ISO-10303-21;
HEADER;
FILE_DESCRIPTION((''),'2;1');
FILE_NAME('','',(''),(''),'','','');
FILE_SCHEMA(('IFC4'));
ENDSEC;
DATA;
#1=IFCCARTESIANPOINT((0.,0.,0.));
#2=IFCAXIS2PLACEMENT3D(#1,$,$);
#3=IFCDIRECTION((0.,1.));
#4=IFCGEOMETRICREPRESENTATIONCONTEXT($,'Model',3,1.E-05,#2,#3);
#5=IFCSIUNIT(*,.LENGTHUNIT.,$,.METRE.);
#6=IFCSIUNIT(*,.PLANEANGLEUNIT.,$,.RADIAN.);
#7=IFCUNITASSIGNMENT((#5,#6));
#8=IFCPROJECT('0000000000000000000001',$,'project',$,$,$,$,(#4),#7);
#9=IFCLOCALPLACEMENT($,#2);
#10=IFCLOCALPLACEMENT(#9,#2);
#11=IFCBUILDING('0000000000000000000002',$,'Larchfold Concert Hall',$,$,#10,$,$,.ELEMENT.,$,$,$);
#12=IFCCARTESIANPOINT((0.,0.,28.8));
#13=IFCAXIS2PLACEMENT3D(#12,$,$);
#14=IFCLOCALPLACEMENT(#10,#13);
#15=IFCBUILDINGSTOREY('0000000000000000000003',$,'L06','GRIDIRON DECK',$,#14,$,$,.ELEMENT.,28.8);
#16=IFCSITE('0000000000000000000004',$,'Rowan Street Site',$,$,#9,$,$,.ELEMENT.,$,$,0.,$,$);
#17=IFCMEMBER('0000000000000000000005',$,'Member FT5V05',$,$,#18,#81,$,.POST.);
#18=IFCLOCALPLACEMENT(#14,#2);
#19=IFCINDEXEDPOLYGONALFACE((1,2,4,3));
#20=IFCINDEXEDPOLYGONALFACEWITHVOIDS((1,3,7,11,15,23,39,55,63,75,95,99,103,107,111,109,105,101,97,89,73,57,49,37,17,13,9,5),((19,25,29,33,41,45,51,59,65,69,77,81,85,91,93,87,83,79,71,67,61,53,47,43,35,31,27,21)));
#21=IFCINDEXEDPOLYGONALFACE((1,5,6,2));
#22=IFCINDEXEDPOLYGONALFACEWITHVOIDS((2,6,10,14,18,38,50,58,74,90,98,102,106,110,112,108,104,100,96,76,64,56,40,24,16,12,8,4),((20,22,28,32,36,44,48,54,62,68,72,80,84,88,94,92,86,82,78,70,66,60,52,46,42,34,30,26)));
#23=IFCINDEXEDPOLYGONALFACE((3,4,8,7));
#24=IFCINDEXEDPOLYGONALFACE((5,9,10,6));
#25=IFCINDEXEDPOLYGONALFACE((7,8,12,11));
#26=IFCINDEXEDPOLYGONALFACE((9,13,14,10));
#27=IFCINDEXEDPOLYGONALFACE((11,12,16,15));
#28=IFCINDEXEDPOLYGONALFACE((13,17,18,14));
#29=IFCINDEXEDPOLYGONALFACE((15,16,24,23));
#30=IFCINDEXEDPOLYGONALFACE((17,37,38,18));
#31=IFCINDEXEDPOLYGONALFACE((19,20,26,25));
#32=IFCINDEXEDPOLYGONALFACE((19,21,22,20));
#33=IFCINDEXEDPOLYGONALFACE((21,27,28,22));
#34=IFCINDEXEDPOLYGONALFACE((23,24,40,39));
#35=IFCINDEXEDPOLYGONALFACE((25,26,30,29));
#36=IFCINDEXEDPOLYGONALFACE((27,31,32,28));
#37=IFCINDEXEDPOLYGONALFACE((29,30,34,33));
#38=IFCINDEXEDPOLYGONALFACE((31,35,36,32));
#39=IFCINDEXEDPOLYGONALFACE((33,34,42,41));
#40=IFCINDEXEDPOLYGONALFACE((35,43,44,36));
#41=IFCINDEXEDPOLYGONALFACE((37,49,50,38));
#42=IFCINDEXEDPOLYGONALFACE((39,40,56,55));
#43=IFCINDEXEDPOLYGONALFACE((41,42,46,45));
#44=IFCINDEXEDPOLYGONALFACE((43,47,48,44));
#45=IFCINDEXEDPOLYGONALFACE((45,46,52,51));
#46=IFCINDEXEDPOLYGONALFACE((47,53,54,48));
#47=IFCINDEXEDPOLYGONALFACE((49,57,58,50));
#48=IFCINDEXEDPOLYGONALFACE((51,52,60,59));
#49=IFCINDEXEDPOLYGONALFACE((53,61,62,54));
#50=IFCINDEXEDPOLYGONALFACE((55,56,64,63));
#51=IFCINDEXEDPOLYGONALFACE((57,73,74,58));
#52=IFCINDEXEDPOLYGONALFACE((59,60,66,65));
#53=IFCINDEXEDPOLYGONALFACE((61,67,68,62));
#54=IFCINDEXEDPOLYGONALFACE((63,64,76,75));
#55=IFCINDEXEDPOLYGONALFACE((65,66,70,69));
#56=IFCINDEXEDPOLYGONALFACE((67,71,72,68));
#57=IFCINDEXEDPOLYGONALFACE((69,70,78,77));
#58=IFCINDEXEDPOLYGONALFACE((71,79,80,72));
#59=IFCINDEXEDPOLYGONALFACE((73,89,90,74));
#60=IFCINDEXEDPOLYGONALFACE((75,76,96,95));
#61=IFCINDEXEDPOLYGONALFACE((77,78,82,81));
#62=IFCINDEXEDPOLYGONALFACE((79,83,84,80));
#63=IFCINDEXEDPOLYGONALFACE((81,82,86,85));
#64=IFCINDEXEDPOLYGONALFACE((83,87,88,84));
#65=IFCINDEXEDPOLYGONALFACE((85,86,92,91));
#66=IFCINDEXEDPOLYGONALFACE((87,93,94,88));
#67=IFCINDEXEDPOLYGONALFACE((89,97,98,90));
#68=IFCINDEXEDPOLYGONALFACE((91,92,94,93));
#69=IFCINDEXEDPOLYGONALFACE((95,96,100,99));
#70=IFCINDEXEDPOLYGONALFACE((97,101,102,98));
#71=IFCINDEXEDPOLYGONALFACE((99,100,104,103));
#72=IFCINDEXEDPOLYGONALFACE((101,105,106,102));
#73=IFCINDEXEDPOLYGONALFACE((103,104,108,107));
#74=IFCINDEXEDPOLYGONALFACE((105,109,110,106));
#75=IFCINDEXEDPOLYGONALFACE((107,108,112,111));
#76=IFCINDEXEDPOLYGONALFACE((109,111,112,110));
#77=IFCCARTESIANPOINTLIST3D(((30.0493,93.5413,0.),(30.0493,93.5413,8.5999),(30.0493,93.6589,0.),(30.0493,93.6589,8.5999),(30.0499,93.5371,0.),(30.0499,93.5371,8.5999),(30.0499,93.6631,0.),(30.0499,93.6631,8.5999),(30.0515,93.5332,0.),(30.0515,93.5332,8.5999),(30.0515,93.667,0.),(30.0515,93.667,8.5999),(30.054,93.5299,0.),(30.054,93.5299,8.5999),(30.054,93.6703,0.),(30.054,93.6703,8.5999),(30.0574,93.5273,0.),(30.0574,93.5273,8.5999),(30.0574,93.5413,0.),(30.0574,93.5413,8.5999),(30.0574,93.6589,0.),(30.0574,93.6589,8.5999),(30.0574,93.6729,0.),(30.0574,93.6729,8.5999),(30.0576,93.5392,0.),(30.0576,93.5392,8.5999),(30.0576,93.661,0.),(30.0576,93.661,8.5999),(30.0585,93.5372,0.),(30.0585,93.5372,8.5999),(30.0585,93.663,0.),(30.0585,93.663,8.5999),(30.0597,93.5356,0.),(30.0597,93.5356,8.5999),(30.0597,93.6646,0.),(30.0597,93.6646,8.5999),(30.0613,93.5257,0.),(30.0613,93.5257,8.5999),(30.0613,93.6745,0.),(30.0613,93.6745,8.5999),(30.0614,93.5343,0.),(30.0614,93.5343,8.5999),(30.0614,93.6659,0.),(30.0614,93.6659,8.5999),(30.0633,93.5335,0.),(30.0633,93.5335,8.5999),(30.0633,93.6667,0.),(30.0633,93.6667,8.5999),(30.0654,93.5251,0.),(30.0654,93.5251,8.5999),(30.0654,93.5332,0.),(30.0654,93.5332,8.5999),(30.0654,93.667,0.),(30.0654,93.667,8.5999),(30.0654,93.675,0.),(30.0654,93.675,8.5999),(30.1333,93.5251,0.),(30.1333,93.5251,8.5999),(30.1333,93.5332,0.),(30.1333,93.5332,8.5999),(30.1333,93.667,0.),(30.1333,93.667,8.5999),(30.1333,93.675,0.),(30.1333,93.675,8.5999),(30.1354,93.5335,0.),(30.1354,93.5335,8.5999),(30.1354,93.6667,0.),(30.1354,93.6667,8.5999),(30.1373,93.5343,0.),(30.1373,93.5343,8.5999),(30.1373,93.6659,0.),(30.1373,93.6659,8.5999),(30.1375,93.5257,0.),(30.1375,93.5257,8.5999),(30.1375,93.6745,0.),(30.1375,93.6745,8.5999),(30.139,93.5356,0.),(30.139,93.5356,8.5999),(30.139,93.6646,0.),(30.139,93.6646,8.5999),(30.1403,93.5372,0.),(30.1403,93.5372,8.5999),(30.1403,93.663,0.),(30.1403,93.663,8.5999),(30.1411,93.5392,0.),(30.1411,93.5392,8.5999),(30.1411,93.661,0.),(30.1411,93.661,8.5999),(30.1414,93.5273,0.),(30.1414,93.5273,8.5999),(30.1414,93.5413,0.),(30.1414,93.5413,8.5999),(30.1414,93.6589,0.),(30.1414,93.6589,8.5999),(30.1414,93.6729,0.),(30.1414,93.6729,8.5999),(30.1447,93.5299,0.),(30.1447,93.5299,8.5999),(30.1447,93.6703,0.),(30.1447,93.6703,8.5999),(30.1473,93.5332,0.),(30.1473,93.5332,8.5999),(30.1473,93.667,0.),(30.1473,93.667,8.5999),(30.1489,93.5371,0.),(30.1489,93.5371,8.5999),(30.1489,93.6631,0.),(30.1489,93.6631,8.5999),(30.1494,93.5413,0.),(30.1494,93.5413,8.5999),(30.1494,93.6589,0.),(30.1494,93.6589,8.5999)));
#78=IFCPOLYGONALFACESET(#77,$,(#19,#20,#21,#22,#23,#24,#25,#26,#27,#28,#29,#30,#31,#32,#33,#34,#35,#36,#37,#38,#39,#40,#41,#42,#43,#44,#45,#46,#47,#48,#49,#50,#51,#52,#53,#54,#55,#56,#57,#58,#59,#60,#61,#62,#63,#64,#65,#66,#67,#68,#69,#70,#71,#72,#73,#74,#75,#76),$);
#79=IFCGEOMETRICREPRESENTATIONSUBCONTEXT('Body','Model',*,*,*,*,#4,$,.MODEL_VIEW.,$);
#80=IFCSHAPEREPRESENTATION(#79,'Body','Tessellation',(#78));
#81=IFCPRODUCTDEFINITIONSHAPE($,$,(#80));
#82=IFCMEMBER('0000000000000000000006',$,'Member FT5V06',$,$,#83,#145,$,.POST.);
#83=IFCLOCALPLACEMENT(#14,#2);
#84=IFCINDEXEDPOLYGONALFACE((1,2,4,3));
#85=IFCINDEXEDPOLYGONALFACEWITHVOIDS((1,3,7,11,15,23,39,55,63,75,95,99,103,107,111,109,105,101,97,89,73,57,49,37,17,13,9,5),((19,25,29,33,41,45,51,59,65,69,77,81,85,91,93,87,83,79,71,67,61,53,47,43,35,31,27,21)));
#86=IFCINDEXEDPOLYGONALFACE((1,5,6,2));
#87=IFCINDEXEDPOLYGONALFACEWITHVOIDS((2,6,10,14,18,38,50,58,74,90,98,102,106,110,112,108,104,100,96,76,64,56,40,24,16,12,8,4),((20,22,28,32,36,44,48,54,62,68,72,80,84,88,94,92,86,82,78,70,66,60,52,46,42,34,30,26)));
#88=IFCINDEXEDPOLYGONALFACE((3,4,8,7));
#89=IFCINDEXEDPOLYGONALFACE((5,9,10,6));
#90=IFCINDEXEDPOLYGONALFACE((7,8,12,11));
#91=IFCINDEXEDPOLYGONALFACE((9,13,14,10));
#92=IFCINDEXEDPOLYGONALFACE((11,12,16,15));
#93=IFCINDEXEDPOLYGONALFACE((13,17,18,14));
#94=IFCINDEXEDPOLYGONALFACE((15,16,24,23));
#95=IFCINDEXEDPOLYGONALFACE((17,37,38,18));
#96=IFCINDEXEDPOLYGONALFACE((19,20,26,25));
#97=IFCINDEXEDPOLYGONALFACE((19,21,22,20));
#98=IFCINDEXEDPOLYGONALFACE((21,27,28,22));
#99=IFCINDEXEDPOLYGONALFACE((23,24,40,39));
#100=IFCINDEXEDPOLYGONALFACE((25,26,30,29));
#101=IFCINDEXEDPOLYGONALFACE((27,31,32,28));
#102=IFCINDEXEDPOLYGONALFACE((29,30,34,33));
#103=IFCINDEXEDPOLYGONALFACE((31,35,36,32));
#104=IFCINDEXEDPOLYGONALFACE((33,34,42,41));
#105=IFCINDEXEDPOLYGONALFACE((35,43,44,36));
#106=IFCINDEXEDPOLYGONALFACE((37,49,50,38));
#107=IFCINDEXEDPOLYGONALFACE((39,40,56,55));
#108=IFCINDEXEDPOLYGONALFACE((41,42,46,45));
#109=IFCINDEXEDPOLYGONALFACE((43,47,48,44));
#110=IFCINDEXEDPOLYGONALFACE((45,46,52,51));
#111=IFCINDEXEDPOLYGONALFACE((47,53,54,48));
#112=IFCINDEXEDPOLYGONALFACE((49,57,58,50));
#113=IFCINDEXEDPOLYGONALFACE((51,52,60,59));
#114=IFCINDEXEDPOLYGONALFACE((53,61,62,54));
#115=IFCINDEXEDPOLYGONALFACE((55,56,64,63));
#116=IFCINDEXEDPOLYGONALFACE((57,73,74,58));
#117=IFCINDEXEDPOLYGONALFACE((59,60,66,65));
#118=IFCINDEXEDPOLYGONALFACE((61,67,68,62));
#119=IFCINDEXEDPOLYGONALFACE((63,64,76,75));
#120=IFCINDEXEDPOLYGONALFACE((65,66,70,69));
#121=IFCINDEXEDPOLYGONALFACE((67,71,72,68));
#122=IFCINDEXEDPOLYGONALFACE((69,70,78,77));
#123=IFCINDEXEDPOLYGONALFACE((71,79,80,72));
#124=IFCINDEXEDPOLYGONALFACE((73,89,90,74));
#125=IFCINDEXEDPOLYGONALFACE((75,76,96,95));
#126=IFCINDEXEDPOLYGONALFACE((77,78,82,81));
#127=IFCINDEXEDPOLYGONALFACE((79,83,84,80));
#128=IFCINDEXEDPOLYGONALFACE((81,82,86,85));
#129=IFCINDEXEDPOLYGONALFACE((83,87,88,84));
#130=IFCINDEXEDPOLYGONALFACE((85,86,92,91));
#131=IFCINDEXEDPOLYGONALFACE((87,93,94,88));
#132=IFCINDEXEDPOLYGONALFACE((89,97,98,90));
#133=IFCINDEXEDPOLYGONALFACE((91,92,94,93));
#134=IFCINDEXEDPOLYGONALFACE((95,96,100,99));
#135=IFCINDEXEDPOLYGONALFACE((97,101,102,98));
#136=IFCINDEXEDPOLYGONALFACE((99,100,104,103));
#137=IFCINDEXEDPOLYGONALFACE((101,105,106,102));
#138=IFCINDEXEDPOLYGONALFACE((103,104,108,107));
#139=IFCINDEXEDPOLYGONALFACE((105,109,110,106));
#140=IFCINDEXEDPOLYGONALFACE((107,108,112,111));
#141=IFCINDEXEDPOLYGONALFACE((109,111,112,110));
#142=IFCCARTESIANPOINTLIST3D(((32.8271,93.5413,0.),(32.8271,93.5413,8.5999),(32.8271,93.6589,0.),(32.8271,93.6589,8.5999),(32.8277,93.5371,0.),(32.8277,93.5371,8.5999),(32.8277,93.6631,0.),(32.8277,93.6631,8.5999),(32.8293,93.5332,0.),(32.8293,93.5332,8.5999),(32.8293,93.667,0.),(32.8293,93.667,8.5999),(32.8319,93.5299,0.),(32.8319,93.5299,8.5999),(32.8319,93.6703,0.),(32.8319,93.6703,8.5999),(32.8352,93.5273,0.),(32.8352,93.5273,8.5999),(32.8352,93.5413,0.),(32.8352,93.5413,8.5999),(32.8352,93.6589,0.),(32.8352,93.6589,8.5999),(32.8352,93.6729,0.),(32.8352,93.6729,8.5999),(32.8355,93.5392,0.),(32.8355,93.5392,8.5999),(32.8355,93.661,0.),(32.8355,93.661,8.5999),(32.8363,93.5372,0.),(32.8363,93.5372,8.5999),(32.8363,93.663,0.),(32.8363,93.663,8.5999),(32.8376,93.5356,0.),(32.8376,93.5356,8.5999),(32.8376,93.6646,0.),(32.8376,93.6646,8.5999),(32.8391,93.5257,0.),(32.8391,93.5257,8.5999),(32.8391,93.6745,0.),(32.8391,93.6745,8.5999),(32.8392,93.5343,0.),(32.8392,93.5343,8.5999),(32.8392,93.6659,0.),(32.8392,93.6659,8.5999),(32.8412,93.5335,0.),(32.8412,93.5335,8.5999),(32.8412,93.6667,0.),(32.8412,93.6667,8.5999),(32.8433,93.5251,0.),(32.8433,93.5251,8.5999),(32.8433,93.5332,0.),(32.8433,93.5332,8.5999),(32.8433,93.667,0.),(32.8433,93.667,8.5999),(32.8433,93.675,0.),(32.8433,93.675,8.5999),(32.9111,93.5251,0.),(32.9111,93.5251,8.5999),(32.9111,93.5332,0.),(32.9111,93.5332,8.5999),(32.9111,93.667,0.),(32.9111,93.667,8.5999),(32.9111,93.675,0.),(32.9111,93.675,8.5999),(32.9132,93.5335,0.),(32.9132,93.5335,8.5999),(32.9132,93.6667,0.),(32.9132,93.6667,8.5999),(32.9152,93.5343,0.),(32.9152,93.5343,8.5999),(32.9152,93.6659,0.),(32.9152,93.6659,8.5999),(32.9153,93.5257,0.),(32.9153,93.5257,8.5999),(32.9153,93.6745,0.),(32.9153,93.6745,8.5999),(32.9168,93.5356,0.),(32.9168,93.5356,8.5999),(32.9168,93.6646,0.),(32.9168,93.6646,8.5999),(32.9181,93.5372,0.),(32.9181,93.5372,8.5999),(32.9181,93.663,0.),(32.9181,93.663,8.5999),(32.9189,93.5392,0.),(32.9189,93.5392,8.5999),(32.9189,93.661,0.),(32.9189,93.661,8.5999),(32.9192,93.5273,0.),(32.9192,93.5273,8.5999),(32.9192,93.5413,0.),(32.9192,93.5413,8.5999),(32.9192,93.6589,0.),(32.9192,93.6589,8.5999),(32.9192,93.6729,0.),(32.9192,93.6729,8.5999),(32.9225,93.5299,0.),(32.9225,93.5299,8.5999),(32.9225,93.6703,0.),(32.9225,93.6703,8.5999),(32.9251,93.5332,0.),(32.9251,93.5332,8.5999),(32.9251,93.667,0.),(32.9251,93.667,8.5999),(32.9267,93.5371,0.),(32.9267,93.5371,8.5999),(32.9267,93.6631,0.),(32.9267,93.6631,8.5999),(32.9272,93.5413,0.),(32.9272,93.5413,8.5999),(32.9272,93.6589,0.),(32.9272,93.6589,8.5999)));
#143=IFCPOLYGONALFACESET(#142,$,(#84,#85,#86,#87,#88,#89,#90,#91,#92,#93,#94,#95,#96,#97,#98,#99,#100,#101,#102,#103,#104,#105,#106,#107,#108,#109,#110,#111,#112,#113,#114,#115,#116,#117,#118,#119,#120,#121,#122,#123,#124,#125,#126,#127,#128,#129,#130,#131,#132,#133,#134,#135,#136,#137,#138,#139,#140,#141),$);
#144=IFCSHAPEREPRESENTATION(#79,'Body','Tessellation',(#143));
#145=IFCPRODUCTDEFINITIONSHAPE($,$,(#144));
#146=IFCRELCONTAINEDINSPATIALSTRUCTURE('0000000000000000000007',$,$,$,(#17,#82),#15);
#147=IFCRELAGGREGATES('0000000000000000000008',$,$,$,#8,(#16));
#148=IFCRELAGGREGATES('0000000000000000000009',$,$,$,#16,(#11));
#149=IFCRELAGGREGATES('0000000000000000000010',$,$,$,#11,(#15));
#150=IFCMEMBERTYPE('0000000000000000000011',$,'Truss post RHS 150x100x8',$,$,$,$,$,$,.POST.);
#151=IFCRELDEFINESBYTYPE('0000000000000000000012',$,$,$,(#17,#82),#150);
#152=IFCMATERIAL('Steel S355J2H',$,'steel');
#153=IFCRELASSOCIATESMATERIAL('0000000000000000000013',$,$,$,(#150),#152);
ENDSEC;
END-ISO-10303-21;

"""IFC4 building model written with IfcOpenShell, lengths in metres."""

from ifc_helpers import new_model, si_unit, direction, frame, origin, origin_2d, place, context, subcontext, project, spatial, hollow_rectangle, extrude, material, material_profile, profile_set, type_object, element, save


model = new_model("IFC4")

# Units and contexts
model_context = context("Model", 3, precision=1e-05, world=origin(), true_north=direction((0.0, 1.0)))
body_context = subcontext(model_context, "Body", "Model", "MODEL_VIEW")
ifc_project = project(units=[si_unit("LENGTHUNIT", "METRE"), si_unit("PLANEANGLEUNIT", "RADIAN")], contexts=[model_context])

# Site, building, storey
site_placement = place(None, origin())
site = spatial("IfcSite", under=ifc_project, at=site_placement, Name="Rowan Street Site", CompositionType="ELEMENT", RefElevation=0.0)
building_placement = place(site_placement, origin())
building = spatial("IfcBuilding", under=site, at=building_placement, Name="Larchfold Concert Hall", CompositionType="ELEMENT")
storey_placement = place(building_placement, frame((0.0, 0.0, 28.8)))
storey = spatial("IfcBuildingStorey", under=building, at=storey_placement, Name="L06", Description="GRIDIRON DECK", CompositionType="ELEMENT", Elevation=28.8)

# Members
ifc_material_1 = material(Name="Steel S355J2H", Category="steel")
ifc_material_profile_1 = material_profile(ifc_material_1, hollow_rectangle(XDim=0.1001, YDim=0.1499, WallThickness=0.0081, InnerFilletRadius=0.0081, OuterFilletRadius=0.0161, at=origin_2d()))
ifc_profile_set_1 = profile_set([ifc_material_profile_1], Name="Steel S355J2H")
member_type_1 = type_object("IfcMemberType", Name="Truss post RHS 150x100x8", PredefinedType="POST", material=ifc_profile_set_1)
for number, where, z_axis, x_axis, name in (
    (1, (30.0994, 93.6001, 8.5999), (0.0, 0.0, -1.0), (1.0, 0.0, 0.0), "Member FT5V05"),
    (2, (32.8772, 93.6001, 8.5999), (0.0, 0.0, -1.0), (1.0, 0.0, 0.0), "Member FT5V06"),
):
    element("IfcMember", number, at=place(storey_placement, frame(where, z_axis=z_axis, x_axis=x_axis)), inside=storey, type_object=member_type_1, Name=name, PredefinedType="POST", context=body_context, shape_type="SweptSolid", body=[
        extrude(hollow_rectangle(XDim=0.1001, YDim=0.1499, WallThickness=0.0081, InnerFilletRadius=0.0081, OuterFilletRadius=0.0161, at=origin_2d()), origin(), (0.0, 0.0, 1.0), 8.5999),
    ])

save(model, "model.ifc")
